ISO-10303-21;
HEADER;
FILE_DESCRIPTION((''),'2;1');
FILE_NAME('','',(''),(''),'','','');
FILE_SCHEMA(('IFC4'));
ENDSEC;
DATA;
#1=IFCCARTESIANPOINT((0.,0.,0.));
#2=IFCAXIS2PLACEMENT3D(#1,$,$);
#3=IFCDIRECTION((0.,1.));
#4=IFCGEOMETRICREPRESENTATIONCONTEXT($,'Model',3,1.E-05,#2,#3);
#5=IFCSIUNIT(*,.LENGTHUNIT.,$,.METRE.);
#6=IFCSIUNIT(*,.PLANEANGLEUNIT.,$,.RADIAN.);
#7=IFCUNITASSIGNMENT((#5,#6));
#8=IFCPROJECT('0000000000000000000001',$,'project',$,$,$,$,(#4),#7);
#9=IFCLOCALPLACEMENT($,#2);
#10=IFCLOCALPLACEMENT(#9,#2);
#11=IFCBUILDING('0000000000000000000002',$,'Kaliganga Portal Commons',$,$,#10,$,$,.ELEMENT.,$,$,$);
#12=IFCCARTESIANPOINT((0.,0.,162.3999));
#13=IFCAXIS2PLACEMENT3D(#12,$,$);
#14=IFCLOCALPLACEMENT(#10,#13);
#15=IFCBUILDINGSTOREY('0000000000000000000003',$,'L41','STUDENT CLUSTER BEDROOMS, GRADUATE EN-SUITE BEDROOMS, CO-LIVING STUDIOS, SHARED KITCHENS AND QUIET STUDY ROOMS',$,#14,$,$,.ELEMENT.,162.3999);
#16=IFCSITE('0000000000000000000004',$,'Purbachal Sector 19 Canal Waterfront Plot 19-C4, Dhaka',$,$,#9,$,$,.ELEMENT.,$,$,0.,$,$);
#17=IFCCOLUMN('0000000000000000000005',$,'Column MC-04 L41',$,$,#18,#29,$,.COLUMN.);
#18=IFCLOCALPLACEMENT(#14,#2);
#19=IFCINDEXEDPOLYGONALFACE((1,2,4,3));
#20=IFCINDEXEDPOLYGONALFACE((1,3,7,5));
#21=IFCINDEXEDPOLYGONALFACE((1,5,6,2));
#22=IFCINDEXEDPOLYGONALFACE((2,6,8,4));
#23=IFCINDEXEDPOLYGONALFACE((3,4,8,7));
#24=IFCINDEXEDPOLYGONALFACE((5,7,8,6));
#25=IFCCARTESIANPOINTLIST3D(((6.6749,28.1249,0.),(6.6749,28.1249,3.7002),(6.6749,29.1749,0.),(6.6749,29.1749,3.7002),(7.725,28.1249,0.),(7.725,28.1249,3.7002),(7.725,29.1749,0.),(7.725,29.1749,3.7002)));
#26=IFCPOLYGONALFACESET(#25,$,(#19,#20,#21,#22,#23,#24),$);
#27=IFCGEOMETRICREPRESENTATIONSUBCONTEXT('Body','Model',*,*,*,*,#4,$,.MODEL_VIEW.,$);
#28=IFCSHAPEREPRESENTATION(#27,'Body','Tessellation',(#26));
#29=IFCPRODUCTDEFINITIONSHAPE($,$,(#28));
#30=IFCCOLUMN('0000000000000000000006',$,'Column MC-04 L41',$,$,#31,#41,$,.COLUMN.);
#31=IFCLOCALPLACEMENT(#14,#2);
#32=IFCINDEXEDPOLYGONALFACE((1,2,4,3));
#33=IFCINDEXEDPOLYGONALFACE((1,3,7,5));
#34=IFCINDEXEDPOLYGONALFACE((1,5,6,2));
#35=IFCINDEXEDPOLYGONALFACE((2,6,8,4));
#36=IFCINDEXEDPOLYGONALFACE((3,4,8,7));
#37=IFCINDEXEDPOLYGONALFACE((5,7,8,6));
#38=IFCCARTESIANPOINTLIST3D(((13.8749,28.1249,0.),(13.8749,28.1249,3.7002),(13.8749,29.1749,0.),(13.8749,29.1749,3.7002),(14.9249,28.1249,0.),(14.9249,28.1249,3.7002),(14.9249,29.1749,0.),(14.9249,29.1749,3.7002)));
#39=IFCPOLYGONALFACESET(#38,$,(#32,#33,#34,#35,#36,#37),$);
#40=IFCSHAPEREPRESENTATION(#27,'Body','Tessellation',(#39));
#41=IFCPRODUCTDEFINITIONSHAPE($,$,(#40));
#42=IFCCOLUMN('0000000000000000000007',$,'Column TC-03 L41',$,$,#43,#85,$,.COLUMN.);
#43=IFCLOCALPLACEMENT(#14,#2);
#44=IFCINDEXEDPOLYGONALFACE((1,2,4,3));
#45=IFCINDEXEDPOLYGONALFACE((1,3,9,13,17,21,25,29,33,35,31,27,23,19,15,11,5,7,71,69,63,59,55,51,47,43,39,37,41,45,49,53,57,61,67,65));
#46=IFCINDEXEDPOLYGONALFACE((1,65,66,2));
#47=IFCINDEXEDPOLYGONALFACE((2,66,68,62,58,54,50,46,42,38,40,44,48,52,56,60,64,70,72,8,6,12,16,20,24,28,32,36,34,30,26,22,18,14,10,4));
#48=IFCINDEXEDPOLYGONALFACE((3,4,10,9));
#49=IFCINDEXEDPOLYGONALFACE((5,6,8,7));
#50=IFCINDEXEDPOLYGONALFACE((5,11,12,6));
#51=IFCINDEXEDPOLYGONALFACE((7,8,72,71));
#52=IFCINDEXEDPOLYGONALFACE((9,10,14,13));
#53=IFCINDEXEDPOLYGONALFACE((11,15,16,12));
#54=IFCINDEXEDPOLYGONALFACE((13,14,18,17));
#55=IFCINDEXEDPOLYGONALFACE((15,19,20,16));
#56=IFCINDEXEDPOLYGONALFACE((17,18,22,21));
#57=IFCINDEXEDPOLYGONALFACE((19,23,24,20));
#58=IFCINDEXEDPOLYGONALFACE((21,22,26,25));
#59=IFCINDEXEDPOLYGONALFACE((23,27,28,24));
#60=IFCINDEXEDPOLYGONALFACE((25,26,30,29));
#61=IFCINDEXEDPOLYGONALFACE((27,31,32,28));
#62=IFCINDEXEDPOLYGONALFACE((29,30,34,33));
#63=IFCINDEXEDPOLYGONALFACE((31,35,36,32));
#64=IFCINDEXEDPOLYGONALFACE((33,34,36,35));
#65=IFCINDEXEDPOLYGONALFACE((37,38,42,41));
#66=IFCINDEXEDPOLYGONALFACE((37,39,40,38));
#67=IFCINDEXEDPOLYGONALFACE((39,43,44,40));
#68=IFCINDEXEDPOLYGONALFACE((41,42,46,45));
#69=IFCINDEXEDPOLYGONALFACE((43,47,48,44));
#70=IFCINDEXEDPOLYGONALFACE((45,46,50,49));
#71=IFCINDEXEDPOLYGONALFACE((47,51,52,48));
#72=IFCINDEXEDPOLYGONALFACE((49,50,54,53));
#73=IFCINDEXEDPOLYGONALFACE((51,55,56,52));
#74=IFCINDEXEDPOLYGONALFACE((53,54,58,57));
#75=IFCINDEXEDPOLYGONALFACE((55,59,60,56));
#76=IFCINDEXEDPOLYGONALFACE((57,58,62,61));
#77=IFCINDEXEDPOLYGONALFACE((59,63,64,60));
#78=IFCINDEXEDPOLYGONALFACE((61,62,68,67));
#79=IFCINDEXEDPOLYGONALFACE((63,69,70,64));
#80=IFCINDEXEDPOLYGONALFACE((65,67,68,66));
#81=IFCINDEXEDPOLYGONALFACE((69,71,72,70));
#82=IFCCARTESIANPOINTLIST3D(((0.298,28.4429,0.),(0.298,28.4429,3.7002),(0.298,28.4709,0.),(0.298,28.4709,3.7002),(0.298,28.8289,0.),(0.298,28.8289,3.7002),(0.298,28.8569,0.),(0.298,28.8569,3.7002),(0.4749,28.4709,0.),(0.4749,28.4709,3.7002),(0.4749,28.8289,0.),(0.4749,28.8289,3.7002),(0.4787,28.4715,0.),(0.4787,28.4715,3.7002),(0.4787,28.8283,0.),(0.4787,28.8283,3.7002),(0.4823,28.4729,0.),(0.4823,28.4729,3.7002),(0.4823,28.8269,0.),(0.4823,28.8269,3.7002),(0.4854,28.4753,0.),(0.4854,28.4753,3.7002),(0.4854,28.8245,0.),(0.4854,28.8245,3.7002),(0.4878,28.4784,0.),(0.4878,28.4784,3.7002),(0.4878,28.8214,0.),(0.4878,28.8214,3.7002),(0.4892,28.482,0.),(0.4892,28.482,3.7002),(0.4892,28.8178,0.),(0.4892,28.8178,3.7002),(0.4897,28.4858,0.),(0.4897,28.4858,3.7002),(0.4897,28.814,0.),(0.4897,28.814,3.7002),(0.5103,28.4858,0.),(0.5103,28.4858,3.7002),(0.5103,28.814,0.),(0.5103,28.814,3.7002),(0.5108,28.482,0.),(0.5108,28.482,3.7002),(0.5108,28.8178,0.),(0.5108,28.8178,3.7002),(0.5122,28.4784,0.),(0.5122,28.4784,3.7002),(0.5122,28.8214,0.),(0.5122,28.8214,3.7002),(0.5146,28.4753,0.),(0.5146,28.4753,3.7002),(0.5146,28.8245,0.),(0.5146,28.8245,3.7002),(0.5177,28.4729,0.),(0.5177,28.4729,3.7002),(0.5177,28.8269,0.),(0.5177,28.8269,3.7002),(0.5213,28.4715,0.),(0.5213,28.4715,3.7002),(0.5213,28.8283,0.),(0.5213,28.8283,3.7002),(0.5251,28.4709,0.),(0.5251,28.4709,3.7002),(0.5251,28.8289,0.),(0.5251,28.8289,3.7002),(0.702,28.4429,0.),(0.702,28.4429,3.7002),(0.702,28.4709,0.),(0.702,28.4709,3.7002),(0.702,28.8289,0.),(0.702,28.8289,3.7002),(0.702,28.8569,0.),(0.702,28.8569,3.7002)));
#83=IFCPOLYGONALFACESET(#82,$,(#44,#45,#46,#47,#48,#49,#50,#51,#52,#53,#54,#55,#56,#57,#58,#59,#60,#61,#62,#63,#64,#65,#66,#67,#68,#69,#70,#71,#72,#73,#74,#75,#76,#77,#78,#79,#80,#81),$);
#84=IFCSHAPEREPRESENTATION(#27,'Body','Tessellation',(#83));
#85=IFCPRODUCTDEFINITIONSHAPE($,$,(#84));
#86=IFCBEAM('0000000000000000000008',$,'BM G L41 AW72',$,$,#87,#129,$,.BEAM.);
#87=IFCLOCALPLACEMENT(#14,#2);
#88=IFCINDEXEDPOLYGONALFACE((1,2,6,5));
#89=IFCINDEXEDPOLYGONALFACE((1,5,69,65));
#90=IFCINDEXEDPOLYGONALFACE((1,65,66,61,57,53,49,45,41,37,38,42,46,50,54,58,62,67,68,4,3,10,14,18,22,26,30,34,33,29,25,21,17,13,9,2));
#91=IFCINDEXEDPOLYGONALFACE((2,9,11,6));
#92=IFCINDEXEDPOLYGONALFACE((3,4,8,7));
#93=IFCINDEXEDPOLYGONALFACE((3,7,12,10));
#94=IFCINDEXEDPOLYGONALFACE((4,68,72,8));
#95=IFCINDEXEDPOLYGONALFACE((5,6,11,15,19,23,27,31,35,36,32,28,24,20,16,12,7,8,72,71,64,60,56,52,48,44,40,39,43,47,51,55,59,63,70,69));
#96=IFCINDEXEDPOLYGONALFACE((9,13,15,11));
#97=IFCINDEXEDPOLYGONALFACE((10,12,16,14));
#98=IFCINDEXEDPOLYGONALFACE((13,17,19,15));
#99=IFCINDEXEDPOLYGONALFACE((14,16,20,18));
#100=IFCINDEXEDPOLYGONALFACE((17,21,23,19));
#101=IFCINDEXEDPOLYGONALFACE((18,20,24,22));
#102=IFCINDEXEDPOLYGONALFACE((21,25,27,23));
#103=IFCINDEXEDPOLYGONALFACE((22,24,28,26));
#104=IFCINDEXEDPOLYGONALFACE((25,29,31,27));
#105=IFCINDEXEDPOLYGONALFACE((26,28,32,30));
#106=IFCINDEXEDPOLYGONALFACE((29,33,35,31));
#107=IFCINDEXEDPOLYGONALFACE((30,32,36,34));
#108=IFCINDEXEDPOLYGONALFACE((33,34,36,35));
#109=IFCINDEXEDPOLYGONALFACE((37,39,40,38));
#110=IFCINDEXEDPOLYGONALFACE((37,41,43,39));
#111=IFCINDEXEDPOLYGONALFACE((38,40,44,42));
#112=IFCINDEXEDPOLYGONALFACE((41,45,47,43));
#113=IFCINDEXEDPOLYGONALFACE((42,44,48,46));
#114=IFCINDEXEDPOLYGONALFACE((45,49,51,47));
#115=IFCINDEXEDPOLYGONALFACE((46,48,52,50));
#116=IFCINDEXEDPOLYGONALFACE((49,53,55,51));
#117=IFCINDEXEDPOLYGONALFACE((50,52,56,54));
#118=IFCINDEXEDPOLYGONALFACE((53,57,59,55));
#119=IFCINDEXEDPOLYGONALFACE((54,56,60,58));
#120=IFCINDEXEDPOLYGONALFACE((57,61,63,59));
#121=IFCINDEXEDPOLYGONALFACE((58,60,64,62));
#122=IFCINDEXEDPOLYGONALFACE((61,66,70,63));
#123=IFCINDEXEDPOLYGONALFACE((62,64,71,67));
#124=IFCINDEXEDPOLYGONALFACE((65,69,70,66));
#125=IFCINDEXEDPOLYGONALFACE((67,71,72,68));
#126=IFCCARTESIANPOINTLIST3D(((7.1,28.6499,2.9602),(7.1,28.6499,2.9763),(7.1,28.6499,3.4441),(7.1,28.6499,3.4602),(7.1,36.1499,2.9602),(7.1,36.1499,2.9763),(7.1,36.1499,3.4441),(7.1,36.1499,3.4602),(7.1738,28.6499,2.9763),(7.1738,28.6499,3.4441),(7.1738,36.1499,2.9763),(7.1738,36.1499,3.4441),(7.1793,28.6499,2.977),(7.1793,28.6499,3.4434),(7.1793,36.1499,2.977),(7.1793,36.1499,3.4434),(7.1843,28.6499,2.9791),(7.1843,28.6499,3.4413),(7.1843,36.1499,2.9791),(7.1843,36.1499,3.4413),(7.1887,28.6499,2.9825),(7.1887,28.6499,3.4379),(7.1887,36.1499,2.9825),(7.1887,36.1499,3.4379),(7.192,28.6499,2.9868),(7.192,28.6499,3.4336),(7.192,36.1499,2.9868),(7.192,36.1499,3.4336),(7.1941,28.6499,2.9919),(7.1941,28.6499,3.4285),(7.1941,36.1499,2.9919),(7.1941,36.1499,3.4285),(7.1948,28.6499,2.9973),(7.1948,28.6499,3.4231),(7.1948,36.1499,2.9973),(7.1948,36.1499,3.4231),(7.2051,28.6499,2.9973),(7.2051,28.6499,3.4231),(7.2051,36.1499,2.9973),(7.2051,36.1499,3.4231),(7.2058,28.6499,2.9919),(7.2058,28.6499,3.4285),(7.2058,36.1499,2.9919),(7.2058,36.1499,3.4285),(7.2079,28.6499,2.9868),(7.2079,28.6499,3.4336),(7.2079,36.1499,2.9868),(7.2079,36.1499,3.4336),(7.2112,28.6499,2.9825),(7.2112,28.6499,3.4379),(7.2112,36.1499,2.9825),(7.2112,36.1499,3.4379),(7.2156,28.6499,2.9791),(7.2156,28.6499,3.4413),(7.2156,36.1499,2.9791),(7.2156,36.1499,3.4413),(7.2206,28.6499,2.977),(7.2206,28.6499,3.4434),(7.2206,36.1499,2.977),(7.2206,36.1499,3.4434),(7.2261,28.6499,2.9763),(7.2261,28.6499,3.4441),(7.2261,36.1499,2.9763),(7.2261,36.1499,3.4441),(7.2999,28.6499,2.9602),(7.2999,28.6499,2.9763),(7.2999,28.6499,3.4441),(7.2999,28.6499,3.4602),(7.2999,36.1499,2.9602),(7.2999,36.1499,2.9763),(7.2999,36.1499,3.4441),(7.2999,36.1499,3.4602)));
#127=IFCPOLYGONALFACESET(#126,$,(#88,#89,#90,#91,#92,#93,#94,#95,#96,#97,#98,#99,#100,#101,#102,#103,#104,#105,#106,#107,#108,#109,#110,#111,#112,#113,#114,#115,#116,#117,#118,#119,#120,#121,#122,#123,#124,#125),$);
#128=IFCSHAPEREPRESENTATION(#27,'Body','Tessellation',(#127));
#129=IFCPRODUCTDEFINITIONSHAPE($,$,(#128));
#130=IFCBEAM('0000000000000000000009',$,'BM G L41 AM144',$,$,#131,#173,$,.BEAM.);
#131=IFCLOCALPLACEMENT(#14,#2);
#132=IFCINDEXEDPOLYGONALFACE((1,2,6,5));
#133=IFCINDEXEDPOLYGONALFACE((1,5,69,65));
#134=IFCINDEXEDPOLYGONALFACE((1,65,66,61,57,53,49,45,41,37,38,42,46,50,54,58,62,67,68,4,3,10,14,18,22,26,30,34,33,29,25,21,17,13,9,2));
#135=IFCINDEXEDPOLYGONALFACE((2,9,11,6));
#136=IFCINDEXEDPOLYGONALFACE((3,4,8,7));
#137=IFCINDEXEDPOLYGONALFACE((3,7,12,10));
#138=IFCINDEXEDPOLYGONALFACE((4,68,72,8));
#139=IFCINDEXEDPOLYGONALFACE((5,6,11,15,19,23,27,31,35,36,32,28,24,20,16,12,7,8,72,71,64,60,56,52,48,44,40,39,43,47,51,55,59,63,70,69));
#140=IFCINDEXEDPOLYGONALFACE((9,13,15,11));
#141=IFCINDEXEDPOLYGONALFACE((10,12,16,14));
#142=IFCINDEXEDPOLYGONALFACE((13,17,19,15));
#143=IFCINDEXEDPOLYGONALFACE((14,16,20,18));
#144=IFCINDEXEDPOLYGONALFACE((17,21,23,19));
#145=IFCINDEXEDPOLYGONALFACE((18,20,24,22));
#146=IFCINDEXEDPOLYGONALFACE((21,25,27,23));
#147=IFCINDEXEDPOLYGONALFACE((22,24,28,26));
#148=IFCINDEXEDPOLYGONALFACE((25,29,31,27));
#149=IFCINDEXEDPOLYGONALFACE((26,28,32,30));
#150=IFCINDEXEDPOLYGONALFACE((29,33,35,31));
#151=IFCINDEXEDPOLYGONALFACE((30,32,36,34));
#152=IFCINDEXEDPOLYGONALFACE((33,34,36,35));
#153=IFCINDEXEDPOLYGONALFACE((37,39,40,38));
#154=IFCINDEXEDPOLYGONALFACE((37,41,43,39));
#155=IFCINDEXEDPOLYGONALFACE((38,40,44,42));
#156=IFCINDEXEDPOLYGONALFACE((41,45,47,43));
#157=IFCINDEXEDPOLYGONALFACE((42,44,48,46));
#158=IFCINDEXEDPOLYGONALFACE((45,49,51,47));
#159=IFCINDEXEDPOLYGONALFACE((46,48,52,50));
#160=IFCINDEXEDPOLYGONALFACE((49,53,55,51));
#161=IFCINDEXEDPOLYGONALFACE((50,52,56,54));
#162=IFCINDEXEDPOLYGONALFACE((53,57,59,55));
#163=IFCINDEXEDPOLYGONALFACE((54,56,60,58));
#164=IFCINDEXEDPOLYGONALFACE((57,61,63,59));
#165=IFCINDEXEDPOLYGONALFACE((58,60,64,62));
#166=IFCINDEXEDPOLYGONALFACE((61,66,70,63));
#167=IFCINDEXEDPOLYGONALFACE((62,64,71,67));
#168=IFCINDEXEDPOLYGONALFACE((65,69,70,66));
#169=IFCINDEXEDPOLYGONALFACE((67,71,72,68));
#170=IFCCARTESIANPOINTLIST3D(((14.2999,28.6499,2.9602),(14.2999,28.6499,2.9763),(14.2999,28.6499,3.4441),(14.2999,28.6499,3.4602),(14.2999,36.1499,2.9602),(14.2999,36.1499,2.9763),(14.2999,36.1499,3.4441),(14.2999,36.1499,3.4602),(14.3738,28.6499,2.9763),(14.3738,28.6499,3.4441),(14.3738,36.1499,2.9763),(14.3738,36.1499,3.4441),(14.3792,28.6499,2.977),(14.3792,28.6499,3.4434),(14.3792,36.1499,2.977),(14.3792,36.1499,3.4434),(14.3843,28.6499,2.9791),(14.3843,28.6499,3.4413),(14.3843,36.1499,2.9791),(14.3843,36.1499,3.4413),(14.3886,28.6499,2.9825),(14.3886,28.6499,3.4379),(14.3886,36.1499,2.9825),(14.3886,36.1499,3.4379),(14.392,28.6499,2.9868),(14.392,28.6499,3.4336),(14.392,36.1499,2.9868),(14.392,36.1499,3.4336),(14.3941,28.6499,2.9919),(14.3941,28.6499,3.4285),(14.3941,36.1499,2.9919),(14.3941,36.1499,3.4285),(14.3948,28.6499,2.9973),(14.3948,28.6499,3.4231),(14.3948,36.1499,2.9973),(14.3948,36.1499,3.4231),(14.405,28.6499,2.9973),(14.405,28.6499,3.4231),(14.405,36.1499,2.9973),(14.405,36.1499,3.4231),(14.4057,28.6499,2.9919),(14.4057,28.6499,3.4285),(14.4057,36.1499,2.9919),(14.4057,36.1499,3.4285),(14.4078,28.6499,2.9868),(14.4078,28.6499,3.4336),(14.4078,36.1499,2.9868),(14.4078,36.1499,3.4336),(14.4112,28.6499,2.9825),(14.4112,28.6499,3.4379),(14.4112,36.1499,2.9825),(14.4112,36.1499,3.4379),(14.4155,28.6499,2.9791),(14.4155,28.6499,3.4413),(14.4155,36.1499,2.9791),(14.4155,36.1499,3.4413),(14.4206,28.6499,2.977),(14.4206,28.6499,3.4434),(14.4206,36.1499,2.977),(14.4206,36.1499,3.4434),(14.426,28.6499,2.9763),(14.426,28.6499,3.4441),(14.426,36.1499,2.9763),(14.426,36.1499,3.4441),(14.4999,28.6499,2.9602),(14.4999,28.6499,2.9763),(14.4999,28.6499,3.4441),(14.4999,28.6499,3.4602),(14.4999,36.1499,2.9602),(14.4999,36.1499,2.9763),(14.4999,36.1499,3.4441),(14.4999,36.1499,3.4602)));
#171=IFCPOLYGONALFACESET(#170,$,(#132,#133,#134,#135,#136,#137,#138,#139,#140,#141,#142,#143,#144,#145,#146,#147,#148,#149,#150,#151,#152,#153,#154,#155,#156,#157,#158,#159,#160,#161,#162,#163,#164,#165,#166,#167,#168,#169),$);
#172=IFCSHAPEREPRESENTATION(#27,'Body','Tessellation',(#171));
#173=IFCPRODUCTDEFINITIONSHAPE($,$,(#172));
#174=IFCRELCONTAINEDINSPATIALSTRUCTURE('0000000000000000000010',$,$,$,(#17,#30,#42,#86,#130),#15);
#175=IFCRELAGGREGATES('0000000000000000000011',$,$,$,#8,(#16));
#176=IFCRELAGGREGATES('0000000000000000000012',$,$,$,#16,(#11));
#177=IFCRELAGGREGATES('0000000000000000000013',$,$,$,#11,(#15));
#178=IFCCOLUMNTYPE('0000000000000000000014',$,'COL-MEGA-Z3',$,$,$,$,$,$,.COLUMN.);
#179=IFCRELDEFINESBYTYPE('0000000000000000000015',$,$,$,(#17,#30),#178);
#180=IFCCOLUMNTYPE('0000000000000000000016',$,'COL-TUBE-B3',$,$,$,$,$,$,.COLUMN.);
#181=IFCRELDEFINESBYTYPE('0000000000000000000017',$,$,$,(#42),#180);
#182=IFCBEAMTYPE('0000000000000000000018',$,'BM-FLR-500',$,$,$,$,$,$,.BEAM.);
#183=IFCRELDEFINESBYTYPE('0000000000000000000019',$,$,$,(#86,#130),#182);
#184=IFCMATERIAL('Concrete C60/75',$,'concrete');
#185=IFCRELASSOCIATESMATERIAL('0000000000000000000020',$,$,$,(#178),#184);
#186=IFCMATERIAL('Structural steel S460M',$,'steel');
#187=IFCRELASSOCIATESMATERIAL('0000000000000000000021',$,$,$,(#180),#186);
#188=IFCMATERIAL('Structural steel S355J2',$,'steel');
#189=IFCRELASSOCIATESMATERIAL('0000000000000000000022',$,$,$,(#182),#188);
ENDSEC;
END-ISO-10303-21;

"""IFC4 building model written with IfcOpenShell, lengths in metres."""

from ifc_helpers import new_model, si_unit, direction, frame, origin, origin_2d, place, context, subcontext, project, spatial, rectangle, i_section, extrude, source, transform, mapped, material, material_profile, profile_set, type_object, element, save


model = new_model("IFC4")

# Units and contexts
model_context = context("Model", 3, precision=1e-05, world=origin(), true_north=direction((0.0, 1.0)))
body_context = subcontext(model_context, "Body", "Model", "MODEL_VIEW")
ifc_project = project(units=[si_unit("LENGTHUNIT", "METRE"), si_unit("PLANEANGLEUNIT", "RADIAN")], contexts=[model_context])

# Site, building, storey
site_placement = place(None, origin())
site = spatial("IfcSite", under=ifc_project, at=site_placement, Name="Purbachal Sector 19 Canal Waterfront Plot 19-C4, Dhaka", CompositionType="ELEMENT", RefElevation=0.0)
building_placement = place(site_placement, origin())
building = spatial("IfcBuilding", under=site, at=building_placement, Name="Kaliganga Portal Commons", CompositionType="ELEMENT")
storey_placement = place(building_placement, frame((0.0, 0.0, 162.3999)))
storey = spatial("IfcBuildingStorey", under=building, at=storey_placement, Name="L41", Description="STUDENT CLUSTER BEDROOMS, GRADUATE EN-SUITE BEDROOMS, CO-LIVING STUDIOS, SHARED KITCHENS AND QUIET STUDY ROOMS", CompositionType="ELEMENT", Elevation=162.3999)

# Columns
ifc_material_1 = material(Name="Concrete C60/75", Category="concrete")
ifc_material_profile_1 = material_profile(ifc_material_1, rectangle(XDim=1.05, YDim=1.05, at=origin_2d()), Name="RC 1050x1050")
ifc_profile_set_1 = profile_set([ifc_material_profile_1], Name="Concrete C60/75")
column_type_1 = type_object("IfcColumnType", Name="COL-MEGA-Z3", PredefinedType="COLUMN", material=ifc_profile_set_1)
shared_shape_1 = source(origin(), body_context, "Body", "SweptSolid", [
    extrude(rectangle(XDim=1.05, YDim=1.05, at=origin_2d()), origin(), (0.0, 0.0, 1.0), 3.7002),
])
for number, where, z_axis, x_axis, name in (
    (1, (7.2, 28.6499, 0.0), (0.0, 0.0, 1.0), (1.0, 0.0, 0.0), "Column MC-04 L41"),
    (2, (14.3999, 28.6499, 0.0), (0.0, 0.0, 1.0), (1.0, 0.0, 0.0), "Column MC-04 L41"),
):
    element("IfcColumn", number, at=place(storey_placement, frame(where, z_axis=z_axis, x_axis=x_axis)), inside=storey, type_object=column_type_1, Name=name, PredefinedType="COLUMN", context=body_context, shape_type="MappedRepresentation", body=[
        mapped(shared_shape_1, transform((0.0, 0.0, 0.0), x_axis=(1.0, 0.0, 0.0), y_axis=(0.0, 1.0, 0.0), z_axis=(0.0, 0.0, 1.0), scale=1.0)),
    ])
ifc_material_2 = material(Name="Structural steel S460M", Category="steel")
ifc_material_profile_2 = material_profile(ifc_material_2, i_section(OverallWidth=0.4041, OverallDepth=0.4141, WebThickness=0.0205, FlangeThickness=0.0281, FilletRadius=0.0149, at=origin_2d()), Name="HD 400x347")
ifc_profile_set_2 = profile_set([ifc_material_profile_2], Name="Structural steel S460M wide-flange")
column_type_2 = type_object("IfcColumnType", Name="COL-TUBE-B3", PredefinedType="COLUMN", material=ifc_profile_set_2)
shared_shape_2 = source(origin(), body_context, "Body", "SweptSolid", [
    extrude(i_section(OverallWidth=0.4041, OverallDepth=0.4141, WebThickness=0.0205, FlangeThickness=0.0281, FilletRadius=0.0149, at=origin_2d()), origin(), (0.0, 0.0, 1.0), 3.7002),
])
column_placement = place(storey_placement, frame((0.5, 28.6499, 0.0), z_axis=(0.0, 0.0, 1.0), x_axis=(1.0, 0.0, 0.0)))
element("IfcColumn", 3, at=column_placement, inside=storey, type_object=column_type_2, Name="Column TC-03 L41", PredefinedType="COLUMN", context=body_context, shape_type="MappedRepresentation", body=[
    mapped(shared_shape_2, transform((0.0, 0.0, 0.0), x_axis=(1.0, 0.0, 0.0), y_axis=(0.0, 1.0, 0.0), z_axis=(0.0, 0.0, 1.0), scale=1.0)),
])

# Beams
ifc_material_3 = material(Name="Structural steel S355J2", Category="steel")
ifc_material_profile_3 = material_profile(ifc_material_3, i_section(OverallWidth=0.2, OverallDepth=0.5, WebThickness=0.0103, FlangeThickness=0.0161, FilletRadius=0.021, at=origin_2d()), Name="IPE 500")
ifc_profile_set_3 = profile_set([ifc_material_profile_3], Name="Structural steel S355J2 wide-flange")
beam_type_1 = type_object("IfcBeamType", Name="BM-FLR-500", PredefinedType="BEAM", material=ifc_profile_set_3)
shared_shape_3 = source(origin(), body_context, "Body", "SweptSolid", [
    extrude(i_section(OverallWidth=0.2, OverallDepth=0.5, WebThickness=0.0103, FlangeThickness=0.0161, FilletRadius=0.021, at=origin_2d()), origin(), (0.0, 0.0, 1.0), 7.5),
])
for number, where, z_axis, x_axis, name in (
    (4, (7.2, 28.6499, 3.2102), (0.0, 1.0, 0.0), (-1.0, 0.0, 0.0), "BM G L41 AW72"),
    (5, (14.3999, 28.6499, 3.2102), (0.0, 1.0, 0.0), (-1.0, 0.0, 0.0), "BM G L41 AM144"),
):
    element("IfcBeam", number, at=place(storey_placement, frame(where, z_axis=z_axis, x_axis=x_axis)), inside=storey, type_object=beam_type_1, Name=name, PredefinedType="BEAM", context=body_context, shape_type="MappedRepresentation", body=[
        mapped(shared_shape_3, transform((0.0, 0.0, 0.0), x_axis=(1.0, 0.0, 0.0), y_axis=(0.0, 1.0, 0.0), z_axis=(0.0, 0.0, 1.0), scale=1.0)),
    ])

save(model, "model.ifc")
